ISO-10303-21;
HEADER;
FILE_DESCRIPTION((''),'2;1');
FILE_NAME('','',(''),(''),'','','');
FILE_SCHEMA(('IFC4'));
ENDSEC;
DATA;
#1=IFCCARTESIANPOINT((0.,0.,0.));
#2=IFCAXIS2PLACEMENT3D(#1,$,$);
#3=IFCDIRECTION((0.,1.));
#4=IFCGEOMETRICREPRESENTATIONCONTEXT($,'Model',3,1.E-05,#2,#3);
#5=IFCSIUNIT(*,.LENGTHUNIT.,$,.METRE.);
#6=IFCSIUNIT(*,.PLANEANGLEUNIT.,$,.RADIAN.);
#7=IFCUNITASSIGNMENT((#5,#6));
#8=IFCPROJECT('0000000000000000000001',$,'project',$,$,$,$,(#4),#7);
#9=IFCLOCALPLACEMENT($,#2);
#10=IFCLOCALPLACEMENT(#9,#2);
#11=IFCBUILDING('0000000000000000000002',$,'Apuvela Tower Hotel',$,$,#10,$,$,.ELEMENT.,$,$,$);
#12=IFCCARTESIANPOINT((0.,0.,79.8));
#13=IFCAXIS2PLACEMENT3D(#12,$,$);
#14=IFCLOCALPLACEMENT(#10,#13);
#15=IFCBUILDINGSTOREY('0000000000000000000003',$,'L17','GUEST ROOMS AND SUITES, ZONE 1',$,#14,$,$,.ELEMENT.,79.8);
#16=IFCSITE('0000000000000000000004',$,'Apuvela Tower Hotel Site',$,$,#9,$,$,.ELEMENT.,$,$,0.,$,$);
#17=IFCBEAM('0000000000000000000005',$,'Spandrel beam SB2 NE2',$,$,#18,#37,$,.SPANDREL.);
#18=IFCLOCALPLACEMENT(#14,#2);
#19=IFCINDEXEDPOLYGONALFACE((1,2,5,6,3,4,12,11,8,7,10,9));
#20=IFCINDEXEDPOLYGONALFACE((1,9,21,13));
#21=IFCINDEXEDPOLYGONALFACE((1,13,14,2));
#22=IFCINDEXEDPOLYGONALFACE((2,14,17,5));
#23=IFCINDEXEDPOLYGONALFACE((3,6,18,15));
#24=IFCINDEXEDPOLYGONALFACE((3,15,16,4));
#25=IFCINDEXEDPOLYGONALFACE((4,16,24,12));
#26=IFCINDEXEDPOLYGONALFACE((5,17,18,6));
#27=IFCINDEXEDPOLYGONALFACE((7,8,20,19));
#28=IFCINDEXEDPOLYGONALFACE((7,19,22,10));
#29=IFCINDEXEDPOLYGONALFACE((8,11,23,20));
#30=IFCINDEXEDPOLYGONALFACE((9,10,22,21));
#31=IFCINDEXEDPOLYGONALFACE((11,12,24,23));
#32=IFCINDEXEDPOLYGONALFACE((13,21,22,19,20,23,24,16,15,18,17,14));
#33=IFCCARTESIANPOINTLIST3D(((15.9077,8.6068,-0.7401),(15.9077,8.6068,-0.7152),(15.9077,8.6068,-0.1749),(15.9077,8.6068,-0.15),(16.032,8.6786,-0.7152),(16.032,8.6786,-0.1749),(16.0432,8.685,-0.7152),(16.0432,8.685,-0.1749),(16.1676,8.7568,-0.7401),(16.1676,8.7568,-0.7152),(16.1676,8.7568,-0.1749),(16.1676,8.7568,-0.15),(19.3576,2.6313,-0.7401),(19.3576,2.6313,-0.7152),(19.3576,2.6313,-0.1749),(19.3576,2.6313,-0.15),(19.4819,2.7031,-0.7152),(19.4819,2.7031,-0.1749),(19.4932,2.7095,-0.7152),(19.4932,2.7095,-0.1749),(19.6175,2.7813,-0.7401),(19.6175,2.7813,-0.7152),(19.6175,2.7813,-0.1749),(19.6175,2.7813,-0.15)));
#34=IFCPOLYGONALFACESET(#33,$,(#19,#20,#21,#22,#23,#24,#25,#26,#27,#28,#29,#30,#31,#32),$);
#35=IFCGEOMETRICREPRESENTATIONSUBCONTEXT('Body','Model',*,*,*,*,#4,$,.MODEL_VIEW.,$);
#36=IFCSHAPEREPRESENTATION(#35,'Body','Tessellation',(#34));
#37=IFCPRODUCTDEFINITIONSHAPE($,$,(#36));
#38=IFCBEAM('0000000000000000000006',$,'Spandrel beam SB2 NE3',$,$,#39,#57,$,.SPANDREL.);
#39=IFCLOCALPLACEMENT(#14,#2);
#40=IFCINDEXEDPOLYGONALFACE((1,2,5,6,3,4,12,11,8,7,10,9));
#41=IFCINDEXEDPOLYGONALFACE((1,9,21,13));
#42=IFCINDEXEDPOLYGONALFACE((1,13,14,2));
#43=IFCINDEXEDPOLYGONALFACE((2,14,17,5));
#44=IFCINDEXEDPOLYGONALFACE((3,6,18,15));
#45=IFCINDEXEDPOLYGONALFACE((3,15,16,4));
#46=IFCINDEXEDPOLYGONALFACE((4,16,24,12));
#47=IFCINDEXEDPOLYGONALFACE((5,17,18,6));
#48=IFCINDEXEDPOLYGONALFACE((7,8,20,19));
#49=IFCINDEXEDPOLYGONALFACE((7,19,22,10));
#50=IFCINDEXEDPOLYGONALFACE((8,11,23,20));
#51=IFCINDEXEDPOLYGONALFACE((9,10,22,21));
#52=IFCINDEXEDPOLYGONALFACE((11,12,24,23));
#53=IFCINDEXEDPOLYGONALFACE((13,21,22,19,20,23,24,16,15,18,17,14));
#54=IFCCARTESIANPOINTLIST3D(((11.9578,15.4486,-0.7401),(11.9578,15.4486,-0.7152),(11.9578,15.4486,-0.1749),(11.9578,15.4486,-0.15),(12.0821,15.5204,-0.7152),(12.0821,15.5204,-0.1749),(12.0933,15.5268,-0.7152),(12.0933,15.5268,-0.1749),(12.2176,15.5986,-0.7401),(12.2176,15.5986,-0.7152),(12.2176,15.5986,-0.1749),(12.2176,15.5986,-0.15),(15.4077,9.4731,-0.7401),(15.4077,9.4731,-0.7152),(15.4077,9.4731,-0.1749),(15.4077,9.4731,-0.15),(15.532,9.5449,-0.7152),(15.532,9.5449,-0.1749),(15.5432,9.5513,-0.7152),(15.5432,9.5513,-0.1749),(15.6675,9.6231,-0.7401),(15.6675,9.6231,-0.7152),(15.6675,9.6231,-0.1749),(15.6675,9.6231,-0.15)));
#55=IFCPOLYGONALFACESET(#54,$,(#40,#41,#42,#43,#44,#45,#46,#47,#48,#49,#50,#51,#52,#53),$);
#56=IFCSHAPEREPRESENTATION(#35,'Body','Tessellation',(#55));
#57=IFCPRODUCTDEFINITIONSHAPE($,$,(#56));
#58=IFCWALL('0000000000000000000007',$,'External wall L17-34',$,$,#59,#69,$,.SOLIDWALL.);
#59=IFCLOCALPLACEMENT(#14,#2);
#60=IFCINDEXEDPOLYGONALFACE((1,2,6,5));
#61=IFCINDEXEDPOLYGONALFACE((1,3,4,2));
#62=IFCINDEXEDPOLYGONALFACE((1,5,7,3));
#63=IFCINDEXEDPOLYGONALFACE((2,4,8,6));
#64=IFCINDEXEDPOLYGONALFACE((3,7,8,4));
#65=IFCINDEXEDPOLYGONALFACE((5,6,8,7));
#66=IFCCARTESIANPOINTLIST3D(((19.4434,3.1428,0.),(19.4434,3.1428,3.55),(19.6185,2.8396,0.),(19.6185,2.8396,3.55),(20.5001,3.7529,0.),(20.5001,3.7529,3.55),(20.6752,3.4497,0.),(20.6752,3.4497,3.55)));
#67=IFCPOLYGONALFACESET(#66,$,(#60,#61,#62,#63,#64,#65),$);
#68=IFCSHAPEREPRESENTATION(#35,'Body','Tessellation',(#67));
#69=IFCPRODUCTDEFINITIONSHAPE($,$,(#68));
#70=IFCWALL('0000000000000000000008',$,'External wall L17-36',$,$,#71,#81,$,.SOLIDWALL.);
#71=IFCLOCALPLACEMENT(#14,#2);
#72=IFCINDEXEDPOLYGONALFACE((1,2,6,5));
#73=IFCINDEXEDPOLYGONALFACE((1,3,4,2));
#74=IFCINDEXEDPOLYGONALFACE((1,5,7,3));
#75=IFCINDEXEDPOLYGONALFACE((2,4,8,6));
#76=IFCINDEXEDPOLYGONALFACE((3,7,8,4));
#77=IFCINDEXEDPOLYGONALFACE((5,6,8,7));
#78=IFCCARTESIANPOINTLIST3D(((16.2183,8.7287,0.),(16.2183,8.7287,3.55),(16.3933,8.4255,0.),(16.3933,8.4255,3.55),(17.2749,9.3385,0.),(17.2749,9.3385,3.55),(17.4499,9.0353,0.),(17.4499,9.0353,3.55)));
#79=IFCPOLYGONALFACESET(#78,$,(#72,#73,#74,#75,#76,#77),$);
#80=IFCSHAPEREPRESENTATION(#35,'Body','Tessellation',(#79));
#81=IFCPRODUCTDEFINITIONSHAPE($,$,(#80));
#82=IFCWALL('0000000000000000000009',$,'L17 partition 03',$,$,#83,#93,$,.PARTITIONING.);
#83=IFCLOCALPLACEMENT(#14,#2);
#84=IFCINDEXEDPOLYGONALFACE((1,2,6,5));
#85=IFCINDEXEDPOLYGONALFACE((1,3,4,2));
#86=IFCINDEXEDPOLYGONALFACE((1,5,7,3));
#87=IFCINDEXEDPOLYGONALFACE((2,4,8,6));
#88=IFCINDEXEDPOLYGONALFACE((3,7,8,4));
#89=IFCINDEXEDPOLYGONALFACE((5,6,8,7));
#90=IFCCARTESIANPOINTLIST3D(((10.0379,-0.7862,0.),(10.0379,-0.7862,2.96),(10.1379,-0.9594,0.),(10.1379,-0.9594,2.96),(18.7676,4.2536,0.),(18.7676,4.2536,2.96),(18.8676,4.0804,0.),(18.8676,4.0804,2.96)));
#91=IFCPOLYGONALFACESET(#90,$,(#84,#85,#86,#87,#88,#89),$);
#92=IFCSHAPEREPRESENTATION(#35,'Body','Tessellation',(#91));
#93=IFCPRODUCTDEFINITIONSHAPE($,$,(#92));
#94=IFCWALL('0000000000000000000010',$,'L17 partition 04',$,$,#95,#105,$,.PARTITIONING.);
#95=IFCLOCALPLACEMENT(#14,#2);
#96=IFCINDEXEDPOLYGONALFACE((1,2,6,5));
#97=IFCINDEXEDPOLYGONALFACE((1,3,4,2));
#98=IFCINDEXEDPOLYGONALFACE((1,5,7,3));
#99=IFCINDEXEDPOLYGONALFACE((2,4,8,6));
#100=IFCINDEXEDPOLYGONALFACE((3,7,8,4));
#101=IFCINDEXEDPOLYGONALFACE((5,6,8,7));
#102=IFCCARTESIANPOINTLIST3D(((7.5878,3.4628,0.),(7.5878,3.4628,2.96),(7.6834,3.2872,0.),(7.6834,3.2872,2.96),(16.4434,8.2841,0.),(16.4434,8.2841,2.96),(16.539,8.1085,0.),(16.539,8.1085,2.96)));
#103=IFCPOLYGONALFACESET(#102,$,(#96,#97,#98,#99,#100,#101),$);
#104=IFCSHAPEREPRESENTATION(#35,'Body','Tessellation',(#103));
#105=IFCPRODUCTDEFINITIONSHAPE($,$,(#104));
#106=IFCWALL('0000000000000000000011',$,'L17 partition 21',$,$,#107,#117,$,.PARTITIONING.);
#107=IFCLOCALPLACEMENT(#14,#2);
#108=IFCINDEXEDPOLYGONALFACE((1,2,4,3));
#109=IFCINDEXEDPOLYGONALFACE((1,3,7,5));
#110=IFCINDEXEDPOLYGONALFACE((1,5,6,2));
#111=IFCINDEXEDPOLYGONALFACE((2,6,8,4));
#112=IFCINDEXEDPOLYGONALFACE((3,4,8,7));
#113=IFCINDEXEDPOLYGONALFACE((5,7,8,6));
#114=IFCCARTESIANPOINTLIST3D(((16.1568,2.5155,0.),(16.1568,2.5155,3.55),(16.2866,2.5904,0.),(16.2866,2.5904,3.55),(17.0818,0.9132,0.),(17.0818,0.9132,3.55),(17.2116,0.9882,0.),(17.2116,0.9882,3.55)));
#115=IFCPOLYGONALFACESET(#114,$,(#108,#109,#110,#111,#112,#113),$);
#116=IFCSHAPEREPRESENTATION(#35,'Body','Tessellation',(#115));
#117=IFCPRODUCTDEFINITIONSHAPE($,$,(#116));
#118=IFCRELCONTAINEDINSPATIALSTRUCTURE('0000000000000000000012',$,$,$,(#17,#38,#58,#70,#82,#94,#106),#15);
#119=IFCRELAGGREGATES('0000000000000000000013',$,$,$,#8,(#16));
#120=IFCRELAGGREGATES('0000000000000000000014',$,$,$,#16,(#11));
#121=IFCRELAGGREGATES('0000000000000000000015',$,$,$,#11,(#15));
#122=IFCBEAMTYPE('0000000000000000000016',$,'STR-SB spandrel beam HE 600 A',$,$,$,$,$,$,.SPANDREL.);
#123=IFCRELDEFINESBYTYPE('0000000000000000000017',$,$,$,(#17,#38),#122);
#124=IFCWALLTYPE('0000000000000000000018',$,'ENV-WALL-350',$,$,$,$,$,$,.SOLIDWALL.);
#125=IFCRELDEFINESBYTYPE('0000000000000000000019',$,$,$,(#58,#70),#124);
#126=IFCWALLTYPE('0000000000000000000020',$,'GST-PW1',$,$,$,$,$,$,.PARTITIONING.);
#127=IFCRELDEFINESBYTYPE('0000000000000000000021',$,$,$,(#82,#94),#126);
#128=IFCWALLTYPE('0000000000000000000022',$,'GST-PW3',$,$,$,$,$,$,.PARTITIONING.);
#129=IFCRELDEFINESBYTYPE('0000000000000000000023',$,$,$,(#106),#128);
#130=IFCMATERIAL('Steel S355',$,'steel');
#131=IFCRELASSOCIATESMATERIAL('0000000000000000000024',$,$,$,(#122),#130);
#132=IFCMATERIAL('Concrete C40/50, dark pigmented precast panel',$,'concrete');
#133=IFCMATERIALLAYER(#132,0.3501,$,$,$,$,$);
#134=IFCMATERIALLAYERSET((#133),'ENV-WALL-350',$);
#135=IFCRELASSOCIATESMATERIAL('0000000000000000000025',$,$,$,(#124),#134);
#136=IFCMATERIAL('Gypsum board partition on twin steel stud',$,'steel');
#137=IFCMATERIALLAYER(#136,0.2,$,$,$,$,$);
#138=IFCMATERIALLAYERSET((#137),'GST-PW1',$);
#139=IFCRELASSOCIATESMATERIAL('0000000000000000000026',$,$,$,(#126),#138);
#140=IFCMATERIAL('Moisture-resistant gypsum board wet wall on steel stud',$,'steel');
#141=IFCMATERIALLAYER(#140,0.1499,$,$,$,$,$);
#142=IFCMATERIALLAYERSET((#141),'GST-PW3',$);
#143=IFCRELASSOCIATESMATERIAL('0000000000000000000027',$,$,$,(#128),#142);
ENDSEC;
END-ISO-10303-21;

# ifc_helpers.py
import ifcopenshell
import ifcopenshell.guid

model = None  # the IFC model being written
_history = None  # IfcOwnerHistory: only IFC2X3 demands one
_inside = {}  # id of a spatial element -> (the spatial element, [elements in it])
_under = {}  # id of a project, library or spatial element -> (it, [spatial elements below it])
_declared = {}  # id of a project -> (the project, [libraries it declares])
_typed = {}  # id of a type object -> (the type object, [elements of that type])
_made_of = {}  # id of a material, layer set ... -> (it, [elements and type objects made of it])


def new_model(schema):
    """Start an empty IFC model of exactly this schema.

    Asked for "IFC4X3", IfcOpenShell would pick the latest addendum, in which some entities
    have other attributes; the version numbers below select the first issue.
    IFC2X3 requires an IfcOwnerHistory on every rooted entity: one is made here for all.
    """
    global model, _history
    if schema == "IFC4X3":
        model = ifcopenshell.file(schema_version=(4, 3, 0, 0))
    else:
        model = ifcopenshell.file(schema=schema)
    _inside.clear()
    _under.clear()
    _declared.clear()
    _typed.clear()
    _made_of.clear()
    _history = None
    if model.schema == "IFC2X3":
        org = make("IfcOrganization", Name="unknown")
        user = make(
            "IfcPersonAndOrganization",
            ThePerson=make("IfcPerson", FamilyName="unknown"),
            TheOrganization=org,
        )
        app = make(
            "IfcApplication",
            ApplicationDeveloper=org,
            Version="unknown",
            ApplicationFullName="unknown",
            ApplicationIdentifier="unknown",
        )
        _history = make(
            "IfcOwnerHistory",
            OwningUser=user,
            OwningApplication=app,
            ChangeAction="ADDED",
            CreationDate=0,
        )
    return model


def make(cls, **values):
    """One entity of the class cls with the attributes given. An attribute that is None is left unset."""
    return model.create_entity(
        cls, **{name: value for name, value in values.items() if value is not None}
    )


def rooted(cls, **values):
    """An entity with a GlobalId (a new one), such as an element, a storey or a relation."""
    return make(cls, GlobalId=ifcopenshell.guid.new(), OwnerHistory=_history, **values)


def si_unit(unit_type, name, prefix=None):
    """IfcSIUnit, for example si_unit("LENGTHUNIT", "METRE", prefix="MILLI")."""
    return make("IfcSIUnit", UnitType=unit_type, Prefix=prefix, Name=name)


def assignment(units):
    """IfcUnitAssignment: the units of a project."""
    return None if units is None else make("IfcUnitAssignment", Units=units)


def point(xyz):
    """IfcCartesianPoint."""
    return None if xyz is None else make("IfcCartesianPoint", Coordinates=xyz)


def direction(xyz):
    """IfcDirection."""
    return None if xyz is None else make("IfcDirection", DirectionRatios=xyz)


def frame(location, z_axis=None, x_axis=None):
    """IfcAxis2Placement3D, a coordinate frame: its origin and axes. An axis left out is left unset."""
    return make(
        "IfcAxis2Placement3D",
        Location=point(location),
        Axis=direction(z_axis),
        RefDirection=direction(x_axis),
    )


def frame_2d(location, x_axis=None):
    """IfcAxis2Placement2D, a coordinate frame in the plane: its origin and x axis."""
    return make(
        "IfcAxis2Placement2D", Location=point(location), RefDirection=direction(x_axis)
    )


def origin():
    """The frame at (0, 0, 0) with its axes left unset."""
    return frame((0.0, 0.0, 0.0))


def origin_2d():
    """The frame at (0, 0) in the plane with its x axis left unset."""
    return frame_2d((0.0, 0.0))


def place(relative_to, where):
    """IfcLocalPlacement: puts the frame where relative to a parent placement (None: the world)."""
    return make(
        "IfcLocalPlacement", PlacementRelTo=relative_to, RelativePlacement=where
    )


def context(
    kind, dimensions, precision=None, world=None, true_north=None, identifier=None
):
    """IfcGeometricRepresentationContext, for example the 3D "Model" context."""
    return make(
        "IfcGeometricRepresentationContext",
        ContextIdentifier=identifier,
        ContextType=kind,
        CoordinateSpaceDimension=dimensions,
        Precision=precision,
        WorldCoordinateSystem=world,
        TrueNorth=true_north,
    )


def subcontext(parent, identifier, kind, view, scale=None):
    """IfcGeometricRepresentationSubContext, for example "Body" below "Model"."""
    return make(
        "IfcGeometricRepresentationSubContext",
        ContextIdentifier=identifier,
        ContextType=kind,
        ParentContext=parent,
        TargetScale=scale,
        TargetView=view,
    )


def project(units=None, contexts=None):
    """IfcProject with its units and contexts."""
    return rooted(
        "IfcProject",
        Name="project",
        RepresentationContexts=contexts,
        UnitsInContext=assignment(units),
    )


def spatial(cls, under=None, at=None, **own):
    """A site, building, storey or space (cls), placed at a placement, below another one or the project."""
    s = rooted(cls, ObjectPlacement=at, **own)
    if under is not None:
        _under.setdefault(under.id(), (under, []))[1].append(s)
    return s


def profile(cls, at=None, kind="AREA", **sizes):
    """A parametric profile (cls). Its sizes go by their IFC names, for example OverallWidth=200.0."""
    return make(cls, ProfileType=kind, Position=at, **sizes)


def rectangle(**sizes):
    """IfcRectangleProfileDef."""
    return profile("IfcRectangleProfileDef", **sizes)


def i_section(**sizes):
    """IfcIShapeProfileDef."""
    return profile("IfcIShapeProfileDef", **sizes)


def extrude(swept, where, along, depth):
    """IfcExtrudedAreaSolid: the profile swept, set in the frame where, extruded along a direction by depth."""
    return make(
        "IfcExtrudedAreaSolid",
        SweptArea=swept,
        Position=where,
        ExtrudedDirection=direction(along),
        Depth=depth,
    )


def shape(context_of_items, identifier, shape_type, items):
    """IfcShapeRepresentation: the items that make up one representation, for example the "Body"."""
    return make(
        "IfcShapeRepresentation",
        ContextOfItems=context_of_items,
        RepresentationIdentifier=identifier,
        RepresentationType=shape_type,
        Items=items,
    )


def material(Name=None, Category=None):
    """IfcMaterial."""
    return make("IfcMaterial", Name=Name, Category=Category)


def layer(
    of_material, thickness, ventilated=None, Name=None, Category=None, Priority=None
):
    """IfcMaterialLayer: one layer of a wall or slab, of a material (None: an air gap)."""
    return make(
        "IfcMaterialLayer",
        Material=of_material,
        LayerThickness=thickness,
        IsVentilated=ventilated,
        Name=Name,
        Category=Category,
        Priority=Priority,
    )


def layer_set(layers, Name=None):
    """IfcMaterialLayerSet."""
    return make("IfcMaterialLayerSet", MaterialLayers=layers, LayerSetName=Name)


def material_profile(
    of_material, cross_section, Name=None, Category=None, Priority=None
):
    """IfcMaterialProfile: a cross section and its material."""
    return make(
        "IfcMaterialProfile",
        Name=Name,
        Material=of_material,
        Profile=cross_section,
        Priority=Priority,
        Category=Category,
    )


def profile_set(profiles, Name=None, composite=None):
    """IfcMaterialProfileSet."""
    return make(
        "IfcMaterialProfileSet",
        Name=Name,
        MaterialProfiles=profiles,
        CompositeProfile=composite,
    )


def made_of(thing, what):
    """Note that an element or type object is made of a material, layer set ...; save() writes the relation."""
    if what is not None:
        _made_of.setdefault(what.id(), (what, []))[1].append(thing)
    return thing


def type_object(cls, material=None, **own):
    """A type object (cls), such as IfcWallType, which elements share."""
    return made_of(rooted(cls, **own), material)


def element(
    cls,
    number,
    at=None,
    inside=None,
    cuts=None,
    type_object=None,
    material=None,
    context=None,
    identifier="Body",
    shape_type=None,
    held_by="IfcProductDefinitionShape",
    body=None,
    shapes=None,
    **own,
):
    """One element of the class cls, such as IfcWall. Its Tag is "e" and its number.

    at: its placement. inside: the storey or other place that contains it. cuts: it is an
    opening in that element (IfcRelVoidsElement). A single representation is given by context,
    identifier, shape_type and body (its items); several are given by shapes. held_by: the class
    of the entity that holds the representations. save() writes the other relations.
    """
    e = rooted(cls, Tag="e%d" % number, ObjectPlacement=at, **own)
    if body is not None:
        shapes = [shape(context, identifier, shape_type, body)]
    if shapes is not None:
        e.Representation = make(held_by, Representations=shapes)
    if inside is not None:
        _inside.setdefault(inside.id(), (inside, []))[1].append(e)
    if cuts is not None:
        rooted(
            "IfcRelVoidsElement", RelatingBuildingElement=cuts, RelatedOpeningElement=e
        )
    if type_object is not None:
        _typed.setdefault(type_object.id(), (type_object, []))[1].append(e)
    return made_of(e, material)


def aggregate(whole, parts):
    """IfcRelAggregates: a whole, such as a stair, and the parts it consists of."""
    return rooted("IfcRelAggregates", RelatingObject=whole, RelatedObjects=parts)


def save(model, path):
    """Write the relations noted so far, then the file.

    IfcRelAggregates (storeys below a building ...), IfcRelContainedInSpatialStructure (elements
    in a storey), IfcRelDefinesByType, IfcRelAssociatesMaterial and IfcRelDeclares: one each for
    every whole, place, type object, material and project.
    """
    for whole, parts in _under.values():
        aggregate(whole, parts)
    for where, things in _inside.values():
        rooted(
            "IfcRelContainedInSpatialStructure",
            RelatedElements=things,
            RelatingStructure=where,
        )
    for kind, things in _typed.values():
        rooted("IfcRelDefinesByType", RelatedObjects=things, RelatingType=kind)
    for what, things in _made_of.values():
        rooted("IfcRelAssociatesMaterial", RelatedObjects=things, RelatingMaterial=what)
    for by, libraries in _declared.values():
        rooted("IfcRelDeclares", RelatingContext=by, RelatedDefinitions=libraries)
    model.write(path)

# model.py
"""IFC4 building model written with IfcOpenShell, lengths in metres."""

from ifc_helpers import new_model, si_unit, direction, frame, frame_2d, origin, origin_2d, place, context, subcontext, project, spatial, rectangle, i_section, extrude, material, layer, layer_set, material_profile, profile_set, type_object, element, save


model = new_model("IFC4")

# Units and contexts
model_context = context("Model", 3, precision=1e-05, world=origin(), true_north=direction((0.0, 1.0)))
body_context = subcontext(model_context, "Body", "Model", "MODEL_VIEW")
ifc_project = project(units=[si_unit("LENGTHUNIT", "METRE"), si_unit("PLANEANGLEUNIT", "RADIAN")], contexts=[model_context])

# Site, building, storey
site_placement = place(None, origin())
site = spatial("IfcSite", under=ifc_project, at=site_placement, Name="Apuvela Tower Hotel Site", CompositionType="ELEMENT", RefElevation=0.0)
building_placement = place(site_placement, origin())
building = spatial("IfcBuilding", under=site, at=building_placement, Name="Apuvela Tower Hotel", CompositionType="ELEMENT")
storey_placement = place(building_placement, frame((0.0, 0.0, 79.8)))
storey = spatial("IfcBuildingStorey", under=building, at=storey_placement, Name="L17", Description="GUEST ROOMS AND SUITES, ZONE 1", CompositionType="ELEMENT", Elevation=79.8)

# Beams
ifc_material_1 = material(Name="Steel S355", Category="steel")
ifc_material_profile_1 = material_profile(ifc_material_1, i_section(OverallWidth=0.3, OverallDepth=0.5901, WebThickness=0.0129, FlangeThickness=0.0249, at=origin_2d()), Name="HE 600 A")
ifc_profile_set_1 = profile_set([ifc_material_profile_1], Name="Steel S355")
beam_type_1 = type_object("IfcBeamType", Name="STR-SB spandrel beam HE 600 A", PredefinedType="SPANDREL", material=ifc_profile_set_1)
for number, where, z_axis, x_axis, name in (
    (1, (19.4875, 2.7063, -0.4451), (-0.499994, 0.866029, 0.0), (-0.866029, -0.499994, 0.0), "Spandrel beam SB2 NE2"),
    (2, (15.5376, 9.5481, -0.4451), (-0.499994, 0.866029, 0.0), (-0.866029, -0.499994, 0.0), "Spandrel beam SB2 NE3"),
):
    element("IfcBeam", number, at=place(storey_placement, frame(where, z_axis=z_axis, x_axis=x_axis)), inside=storey, type_object=beam_type_1, Name=name, PredefinedType="SPANDREL", context=body_context, shape_type="SweptSolid", body=[
        extrude(i_section(OverallWidth=0.3, OverallDepth=0.5901, WebThickness=0.0129, FlangeThickness=0.0249, at=origin_2d()), origin(), (0.0, 0.0, 1.0), 6.8999),
    ])

# Wall
ifc_material_2 = material(Name="Concrete C40/50, dark pigmented precast panel", Category="concrete")
ifc_layer_1 = layer(ifc_material_2, 0.3501)
ifc_layer_set_1 = layer_set([ifc_layer_1], Name="ENV-WALL-350")
wall_type_1 = type_object("IfcWallType", Name="ENV-WALL-350", PredefinedType="SOLIDWALL", material=ifc_layer_set_1)
wall_1_placement = place(storey_placement, frame((20.5876, 3.6013, 0.0), z_axis=(0.0, 0.0, 1.0), x_axis=(-0.866006, -0.500034, 0.0)))
element("IfcWall", 3, at=wall_1_placement, inside=storey, type_object=wall_type_1, Name="External wall L17-34", PredefinedType="SOLIDWALL", context=body_context, shape_type="SweptSolid", body=[
    extrude(rectangle(XDim=1.2202, YDim=0.3501, at=frame_2d((0.6101, 0.0))), origin(), (0.0, 0.0, 1.0), 3.55),
])

# Wall
wall_2_placement = place(storey_placement, frame((16.3059, 8.5771, 0.0), z_axis=(0.0, 0.0, 1.0), x_axis=(0.866092, 0.499884, 0.0)))
element("IfcWall", 4, at=wall_2_placement, inside=storey, type_object=wall_type_1, Name="External wall L17-36", PredefinedType="SOLIDWALL", context=body_context, shape_type="SweptSolid", body=[
    extrude(rectangle(XDim=1.22, YDim=0.3501, at=frame_2d((0.6099, 0.0))), origin(), (0.0, 0.0, 1.0), 3.55),
])

# Walls
ifc_material_3 = material(Name="Gypsum board partition on twin steel stud", Category="steel")
ifc_layer_2 = layer(ifc_material_3, 0.2)
ifc_layer_set_2 = layer_set([ifc_layer_2], Name="GST-PW1")
wall_type_2 = type_object("IfcWallType", Name="GST-PW1", PredefinedType="PARTITIONING", material=ifc_layer_set_2)
wall_3_placement = place(storey_placement, frame((18.8176, 4.167, 0.0), z_axis=(0.0, 0.0, 1.0), x_axis=(-0.866039, -0.499976, 0.0)))
element("IfcWall", 5, at=wall_3_placement, inside=storey, type_object=wall_type_2, Name="L17 partition 03", PredefinedType="PARTITIONING", context=body_context, shape_type="SweptSolid", body=[
    extrude(rectangle(XDim=10.0801, YDim=0.2, at=frame_2d((5.04, 0.0))), origin(), (0.0, 0.0, 1.0), 2.96),
])
wall_4_placement = place(storey_placement, frame((16.4912, 8.1963, 0.0), z_axis=(0.0, 0.0, 1.0), x_axis=(-0.878275, -0.478156, 0.0)))
element("IfcWall", 6, at=wall_4_placement, inside=storey, type_object=wall_type_2, Name="L17 partition 04", PredefinedType="PARTITIONING", context=body_context, shape_type="SweptSolid", body=[
    extrude(rectangle(XDim=10.083, YDim=0.2, at=frame_2d((5.0415, 0.0))), origin(), (0.0, 0.0, 1.0), 2.96),
])
ifc_material_4 = material(Name="Moisture-resistant gypsum board wet wall on steel stud", Category="steel")
ifc_layer_3 = layer(ifc_material_4, 0.1499)
ifc_layer_set_3 = layer_set([ifc_layer_3], Name="GST-PW3")
wall_type_3 = type_object("IfcWallType", Name="GST-PW3", PredefinedType="PARTITIONING", material=ifc_layer_set_3)
wall_5_placement = place(storey_placement, frame((17.1467, 0.9507, 0.0), z_axis=(0.0, 0.0, 1.0), x_axis=(-0.499985, 0.866034, 0.0)))
element("IfcWall", 7, at=wall_5_placement, inside=storey, type_object=wall_type_3, Name="L17 partition 21", PredefinedType="PARTITIONING", context=body_context, shape_type="SweptSolid", body=[
    extrude(rectangle(XDim=1.8501, YDim=0.1499, at=frame_2d((0.925, 0.0))), origin(), (0.0, 0.0, 1.0), 3.55),
])

save(model, "model.ifc")
